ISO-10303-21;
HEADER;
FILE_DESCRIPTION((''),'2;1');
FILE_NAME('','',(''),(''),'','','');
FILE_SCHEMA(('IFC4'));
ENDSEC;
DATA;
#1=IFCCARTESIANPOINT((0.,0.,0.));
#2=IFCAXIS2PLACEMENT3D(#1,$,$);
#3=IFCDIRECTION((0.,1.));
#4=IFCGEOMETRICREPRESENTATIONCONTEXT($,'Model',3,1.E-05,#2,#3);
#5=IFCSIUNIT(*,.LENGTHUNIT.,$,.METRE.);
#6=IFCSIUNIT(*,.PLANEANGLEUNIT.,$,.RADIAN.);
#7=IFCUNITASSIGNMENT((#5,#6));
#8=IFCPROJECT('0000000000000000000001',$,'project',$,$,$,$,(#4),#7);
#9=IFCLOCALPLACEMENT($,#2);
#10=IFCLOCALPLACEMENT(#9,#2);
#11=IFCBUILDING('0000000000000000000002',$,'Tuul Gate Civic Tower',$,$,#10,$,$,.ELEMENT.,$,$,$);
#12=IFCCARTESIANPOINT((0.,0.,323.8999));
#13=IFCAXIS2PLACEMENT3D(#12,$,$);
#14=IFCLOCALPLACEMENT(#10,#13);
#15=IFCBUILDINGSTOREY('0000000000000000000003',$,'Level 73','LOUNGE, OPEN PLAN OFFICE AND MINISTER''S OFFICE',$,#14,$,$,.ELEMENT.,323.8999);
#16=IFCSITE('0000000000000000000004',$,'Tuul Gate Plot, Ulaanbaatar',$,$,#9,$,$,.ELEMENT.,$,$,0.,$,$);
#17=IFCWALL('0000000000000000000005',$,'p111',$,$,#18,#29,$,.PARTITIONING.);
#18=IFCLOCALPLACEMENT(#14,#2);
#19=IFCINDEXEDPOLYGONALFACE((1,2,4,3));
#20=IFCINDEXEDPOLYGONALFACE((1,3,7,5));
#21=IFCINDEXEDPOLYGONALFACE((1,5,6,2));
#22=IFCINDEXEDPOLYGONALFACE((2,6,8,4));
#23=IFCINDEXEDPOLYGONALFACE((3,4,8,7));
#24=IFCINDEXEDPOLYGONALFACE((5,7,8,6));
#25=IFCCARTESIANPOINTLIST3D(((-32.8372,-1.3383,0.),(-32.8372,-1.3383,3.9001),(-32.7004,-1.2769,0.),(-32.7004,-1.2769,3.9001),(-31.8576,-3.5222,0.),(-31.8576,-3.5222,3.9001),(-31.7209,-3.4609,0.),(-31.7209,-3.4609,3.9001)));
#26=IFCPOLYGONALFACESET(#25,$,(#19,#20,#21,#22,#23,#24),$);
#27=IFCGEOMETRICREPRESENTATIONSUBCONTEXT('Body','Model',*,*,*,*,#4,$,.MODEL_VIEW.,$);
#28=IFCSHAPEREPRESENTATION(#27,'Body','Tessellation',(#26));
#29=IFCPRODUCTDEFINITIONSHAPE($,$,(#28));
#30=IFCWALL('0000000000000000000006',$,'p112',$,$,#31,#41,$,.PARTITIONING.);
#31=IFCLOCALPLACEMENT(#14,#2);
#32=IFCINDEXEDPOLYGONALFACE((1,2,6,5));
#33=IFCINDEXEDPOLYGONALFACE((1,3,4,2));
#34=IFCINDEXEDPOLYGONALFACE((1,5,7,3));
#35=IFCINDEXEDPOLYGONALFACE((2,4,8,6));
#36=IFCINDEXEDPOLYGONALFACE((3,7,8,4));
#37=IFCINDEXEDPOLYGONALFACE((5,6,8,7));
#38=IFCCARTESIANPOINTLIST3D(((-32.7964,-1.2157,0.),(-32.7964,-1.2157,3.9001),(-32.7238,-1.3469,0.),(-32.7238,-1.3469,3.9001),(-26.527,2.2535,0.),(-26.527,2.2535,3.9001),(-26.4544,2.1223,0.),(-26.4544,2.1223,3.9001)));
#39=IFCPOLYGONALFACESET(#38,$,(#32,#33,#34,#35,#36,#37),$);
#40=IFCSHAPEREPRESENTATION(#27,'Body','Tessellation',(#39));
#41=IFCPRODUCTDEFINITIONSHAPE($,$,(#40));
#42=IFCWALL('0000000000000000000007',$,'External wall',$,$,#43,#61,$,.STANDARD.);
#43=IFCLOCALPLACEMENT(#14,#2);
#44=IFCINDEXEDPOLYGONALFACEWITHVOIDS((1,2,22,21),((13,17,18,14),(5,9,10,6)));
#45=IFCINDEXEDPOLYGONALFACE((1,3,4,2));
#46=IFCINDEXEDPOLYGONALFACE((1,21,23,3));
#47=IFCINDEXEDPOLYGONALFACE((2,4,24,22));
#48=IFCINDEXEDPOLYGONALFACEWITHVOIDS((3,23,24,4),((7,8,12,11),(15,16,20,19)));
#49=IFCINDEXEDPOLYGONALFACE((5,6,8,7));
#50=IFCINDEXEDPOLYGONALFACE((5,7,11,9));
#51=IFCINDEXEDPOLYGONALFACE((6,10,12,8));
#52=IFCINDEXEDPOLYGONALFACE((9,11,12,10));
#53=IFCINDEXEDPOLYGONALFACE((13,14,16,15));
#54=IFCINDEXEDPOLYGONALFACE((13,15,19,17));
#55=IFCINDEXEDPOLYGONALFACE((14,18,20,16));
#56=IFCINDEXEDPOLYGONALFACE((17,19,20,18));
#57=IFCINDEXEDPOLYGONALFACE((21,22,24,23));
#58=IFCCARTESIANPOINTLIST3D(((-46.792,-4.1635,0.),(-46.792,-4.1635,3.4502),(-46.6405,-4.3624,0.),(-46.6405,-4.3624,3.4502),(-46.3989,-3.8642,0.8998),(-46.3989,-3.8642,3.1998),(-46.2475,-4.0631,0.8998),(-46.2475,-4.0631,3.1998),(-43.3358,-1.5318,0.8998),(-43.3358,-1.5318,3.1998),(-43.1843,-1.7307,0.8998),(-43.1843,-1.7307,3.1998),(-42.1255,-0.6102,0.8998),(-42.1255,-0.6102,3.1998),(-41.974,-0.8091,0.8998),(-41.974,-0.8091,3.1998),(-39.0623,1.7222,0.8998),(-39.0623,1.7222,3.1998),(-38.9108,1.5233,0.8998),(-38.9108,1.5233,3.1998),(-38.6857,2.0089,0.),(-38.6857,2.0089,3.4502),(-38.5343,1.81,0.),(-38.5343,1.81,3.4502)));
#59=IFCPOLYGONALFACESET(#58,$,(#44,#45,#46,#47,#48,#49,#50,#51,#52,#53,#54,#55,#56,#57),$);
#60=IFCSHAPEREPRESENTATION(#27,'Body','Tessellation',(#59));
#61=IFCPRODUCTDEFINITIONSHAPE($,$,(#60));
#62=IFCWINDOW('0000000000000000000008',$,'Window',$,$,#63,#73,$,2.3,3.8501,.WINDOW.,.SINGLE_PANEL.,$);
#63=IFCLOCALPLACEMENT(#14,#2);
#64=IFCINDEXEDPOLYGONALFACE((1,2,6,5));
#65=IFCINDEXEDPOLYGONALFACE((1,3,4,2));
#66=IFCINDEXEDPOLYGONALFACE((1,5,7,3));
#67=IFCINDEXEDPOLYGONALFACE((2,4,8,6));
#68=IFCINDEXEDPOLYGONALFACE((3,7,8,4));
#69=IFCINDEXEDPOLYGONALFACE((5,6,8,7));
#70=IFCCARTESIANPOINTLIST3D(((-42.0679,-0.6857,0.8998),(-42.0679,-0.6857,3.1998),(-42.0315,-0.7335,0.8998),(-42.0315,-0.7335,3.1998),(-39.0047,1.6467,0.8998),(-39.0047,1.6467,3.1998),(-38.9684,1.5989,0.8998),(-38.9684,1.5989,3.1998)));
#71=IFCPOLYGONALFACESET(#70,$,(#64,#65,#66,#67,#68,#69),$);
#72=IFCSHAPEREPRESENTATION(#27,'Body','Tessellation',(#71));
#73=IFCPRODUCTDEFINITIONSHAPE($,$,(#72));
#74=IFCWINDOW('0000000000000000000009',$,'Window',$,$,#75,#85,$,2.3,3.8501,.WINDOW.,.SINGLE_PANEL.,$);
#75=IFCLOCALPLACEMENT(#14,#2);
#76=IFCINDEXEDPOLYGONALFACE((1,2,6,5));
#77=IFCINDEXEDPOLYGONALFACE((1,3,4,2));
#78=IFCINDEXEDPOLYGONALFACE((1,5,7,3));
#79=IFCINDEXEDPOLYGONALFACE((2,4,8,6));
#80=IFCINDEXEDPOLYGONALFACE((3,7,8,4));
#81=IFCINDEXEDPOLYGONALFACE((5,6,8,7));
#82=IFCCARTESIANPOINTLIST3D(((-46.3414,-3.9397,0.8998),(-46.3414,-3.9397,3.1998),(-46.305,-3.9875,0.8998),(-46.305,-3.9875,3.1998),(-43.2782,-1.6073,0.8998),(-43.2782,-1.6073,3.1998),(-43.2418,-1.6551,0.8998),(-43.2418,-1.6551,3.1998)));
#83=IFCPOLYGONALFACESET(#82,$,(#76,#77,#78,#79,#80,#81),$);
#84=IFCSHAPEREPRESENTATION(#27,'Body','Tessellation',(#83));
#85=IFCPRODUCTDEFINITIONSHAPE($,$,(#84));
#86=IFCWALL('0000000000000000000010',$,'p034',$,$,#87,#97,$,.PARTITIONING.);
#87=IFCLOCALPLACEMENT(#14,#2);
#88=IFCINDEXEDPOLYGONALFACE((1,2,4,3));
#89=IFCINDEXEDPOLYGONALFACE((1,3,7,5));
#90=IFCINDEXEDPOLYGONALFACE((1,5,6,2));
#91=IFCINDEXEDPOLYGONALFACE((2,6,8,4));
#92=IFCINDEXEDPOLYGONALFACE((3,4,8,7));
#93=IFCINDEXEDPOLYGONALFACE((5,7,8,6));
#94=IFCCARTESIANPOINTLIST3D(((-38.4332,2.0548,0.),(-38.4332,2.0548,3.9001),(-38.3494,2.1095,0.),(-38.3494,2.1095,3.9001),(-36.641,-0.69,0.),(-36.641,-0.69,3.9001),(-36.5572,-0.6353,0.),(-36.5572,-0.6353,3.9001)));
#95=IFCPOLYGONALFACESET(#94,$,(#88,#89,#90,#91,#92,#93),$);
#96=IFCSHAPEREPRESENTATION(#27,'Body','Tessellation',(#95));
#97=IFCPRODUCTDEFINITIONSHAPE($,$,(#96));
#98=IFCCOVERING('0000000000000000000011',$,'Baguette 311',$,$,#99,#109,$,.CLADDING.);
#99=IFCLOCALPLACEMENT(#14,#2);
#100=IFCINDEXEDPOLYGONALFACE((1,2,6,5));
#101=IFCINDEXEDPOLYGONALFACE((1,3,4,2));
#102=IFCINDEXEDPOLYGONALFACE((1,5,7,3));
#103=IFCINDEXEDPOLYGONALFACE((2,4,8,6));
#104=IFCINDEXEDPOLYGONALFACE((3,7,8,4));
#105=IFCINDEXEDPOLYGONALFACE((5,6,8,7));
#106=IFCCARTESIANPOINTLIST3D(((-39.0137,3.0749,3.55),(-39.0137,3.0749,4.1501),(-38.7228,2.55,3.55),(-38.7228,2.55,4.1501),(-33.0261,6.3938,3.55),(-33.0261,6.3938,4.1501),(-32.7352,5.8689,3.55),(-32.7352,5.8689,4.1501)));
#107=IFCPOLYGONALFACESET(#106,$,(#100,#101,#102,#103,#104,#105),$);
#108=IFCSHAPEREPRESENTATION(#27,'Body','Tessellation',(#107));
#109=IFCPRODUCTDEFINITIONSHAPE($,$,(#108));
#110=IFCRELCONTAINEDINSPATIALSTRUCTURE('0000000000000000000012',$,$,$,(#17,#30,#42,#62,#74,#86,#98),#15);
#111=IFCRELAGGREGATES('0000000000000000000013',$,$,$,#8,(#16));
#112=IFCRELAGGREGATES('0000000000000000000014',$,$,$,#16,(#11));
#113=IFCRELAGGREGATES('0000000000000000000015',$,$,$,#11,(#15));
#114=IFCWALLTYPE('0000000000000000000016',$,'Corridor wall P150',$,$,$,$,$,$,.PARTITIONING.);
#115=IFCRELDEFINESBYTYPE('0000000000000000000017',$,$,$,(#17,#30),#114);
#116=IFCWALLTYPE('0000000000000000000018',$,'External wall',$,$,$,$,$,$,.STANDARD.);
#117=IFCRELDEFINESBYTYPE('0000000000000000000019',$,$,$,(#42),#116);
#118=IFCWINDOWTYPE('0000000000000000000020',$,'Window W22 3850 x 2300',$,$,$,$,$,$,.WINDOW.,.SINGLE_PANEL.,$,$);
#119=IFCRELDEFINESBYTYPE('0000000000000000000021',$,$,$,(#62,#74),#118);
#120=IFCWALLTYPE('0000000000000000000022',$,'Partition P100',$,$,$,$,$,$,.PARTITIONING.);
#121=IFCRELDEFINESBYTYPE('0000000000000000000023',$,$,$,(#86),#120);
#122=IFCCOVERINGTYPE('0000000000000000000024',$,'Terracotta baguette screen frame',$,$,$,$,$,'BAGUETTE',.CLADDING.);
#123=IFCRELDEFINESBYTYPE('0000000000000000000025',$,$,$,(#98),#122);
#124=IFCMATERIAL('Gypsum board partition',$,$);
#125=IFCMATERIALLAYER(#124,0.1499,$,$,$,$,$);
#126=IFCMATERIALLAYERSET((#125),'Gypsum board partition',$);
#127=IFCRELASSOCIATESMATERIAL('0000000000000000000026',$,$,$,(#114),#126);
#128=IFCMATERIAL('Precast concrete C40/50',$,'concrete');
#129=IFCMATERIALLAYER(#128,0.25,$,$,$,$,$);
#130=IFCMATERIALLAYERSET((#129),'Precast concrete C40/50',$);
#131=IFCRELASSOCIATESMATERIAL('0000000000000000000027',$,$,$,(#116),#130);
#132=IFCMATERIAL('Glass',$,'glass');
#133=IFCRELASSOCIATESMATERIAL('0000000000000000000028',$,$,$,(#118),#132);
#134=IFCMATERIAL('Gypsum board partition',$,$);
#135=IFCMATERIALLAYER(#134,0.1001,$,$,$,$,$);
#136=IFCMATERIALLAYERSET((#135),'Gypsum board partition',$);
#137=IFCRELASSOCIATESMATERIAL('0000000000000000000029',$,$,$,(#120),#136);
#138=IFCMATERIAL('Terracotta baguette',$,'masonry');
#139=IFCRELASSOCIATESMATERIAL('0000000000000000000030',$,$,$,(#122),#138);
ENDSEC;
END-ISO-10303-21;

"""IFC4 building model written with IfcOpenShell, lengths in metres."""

from ifc_helpers import new_model, si_unit, direction, frame, frame_2d, origin, origin_2d, place, context, subcontext, project, spatial, rectangle, extrude, material, layer, layer_set, material_profile, profile_set, type_object, element, fill, save


model = new_model("IFC4")

# Units and contexts
model_context = context("Model", 3, precision=1e-05, world=origin(), true_north=direction((0.0, 1.0)))
body_context = subcontext(model_context, "Body", "Model", "MODEL_VIEW")
ifc_project = project(units=[si_unit("LENGTHUNIT", "METRE"), si_unit("PLANEANGLEUNIT", "RADIAN")], contexts=[model_context])

# Site, building, storey
site_placement = place(None, origin())
site = spatial("IfcSite", under=ifc_project, at=site_placement, Name="Tuul Gate Plot, Ulaanbaatar", CompositionType="ELEMENT", RefElevation=0.0)
building_placement = place(site_placement, origin())
building = spatial("IfcBuilding", under=site, at=building_placement, Name="Tuul Gate Civic Tower", CompositionType="ELEMENT")
storey_placement = place(building_placement, frame((0.0, 0.0, 323.8999)))
storey = spatial("IfcBuildingStorey", under=building, at=storey_placement, Name="Level 73", Description="LOUNGE, OPEN PLAN OFFICE AND MINISTER'S OFFICE", CompositionType="ELEMENT", Elevation=323.8999)

# Shared definitions
ifc_material_1 = material(Name="Gypsum board partition")
ifc_layer_1 = layer(ifc_material_1, 0.1499)
ifc_layer_set_1 = layer_set([ifc_layer_1], Name="Gypsum board partition")
wall_type_1 = type_object("IfcWallType", Name="Corridor wall P150", PredefinedType="PARTITIONING", material=ifc_layer_set_1)

# Walls
wall_1_placement = place(storey_placement, frame((-32.7688, -1.3076, 0.0), z_axis=(0.0, 0.0, 1.0), x_axis=(0.40924, -0.912427, 0.0)))
element("IfcWall", 1, at=wall_1_placement, inside=storey, type_object=wall_type_1, Name="p111", PredefinedType="PARTITIONING", context=body_context, shape_type="SweptSolid", body=[
    extrude(rectangle(XDim=2.3936, YDim=0.1499, at=frame_2d((1.1968, 0.0))), origin(), (0.0, 0.0, 1.0), 3.9001),
])
wall_2_placement = place(storey_placement, frame((-32.76, -1.2812, 0.0), z_axis=(0.0, 0.0, 1.0), x_axis=(0.874976, 0.484167, 0.0)))
element("IfcWall", 2, at=wall_2_placement, inside=storey, type_object=wall_type_1, Name="p112", PredefinedType="PARTITIONING", context=body_context, shape_type="SweptSolid", body=[
    extrude(rectangle(XDim=7.1653, YDim=0.1499, at=frame_2d((3.5825, 0.0))), origin(), (0.0, 0.0, 1.0), 3.9001),
])

# Wall, openings, windows
ifc_material_2 = material(Name="Precast concrete C40/50", Category="concrete")
ifc_layer_2 = layer(ifc_material_2, 0.25)
ifc_layer_set_2 = layer_set([ifc_layer_2], Name="Precast concrete C40/50")
wall_type_2 = type_object("IfcWallType", Name="External wall", PredefinedType="STANDARD", material=ifc_layer_set_2)
wall_3_placement = place(storey_placement, frame((-38.6101, 1.9094, 0.0), z_axis=(0.0, 0.0, 1.0), x_axis=(-0.795611, -0.605808, 0.0)))
wall_3 = element("IfcWall", 3, at=wall_3_placement, inside=storey, type_object=wall_type_2, Name="External wall", PredefinedType="STANDARD", context=body_context, shape_type="SweptSolid", body=[
    extrude(rectangle(XDim=10.1887, YDim=0.25, at=frame_2d((5.0942, 0.0))), origin(), (0.0, 0.0, 1.0), 3.4502),
])
opening_1_placement = place(wall_3_placement, frame((0.4731, 0.0, 0.8999)))
opening_1 = element("IfcOpeningElement", 4, at=opening_1_placement, cuts=wall_3, PredefinedType="OPENING", context=body_context, shape_type="SweptSolid", body=[
    extrude(rectangle(XDim=3.8501, YDim=2.3, at=frame_2d((1.925, 1.1499))), frame((0.0, 0.135, 0.0), z_axis=(0.0, -1.0, 0.0), x_axis=(1.0, 0.0, 0.0)), (0.0, 0.0, 1.0), 0.27),
])
opening_2_placement = place(wall_3_placement, frame((5.8445, 0.0, 0.8999)))
opening_2 = element("IfcOpeningElement", 5, at=opening_2_placement, cuts=wall_3, PredefinedType="OPENING", context=body_context, shape_type="SweptSolid", body=[
    extrude(rectangle(XDim=3.8501, YDim=2.3, at=frame_2d((1.925, 1.1499))), frame((0.0, 0.135, 0.0), z_axis=(0.0, -1.0, 0.0), x_axis=(1.0, 0.0, 0.0)), (0.0, 0.0, 1.0), 0.27),
])
ifc_material_3 = material(Name="Glass", Category="glass")
window_type = type_object("IfcWindowType", Name="Window W22 3850 x 2300", PartitioningType="SINGLE_PANEL", PredefinedType="WINDOW", material=ifc_material_3)
window_1_placement = place(opening_1_placement, origin())
window_1 = element("IfcWindow", 6, at=window_1_placement, inside=storey, type_object=window_type, Name="Window", OverallHeight=2.3, OverallWidth=3.8501, PartitioningType="SINGLE_PANEL", PredefinedType="WINDOW", context=body_context, shape_type="SweptSolid", body=[
    extrude(rectangle(XDim=3.8501, YDim=2.3, at=frame_2d((1.925, 1.1499))), frame((0.0, 0.03, 0.0), z_axis=(0.0, -1.0, 0.0), x_axis=(1.0, 0.0, 0.0)), (0.0, 0.0, 1.0), 0.0601),
])
fill(opening_1, window_1)
window_2_placement = place(opening_2_placement, origin())
window_2 = element("IfcWindow", 7, at=window_2_placement, inside=storey, type_object=window_type, Name="Window", OverallHeight=2.3, OverallWidth=3.8501, PartitioningType="SINGLE_PANEL", PredefinedType="WINDOW", context=body_context, shape_type="SweptSolid", body=[
    extrude(rectangle(XDim=3.8501, YDim=2.3, at=frame_2d((1.925, 1.1499))), frame((0.0, 0.03, 0.0), z_axis=(0.0, -1.0, 0.0), x_axis=(1.0, 0.0, 0.0)), (0.0, 0.0, 1.0), 0.0601),
])
fill(opening_2, window_2)

# Wall
ifc_material_4 = material(Name="Gypsum board partition")
ifc_layer_3 = layer(ifc_material_4, 0.1001)
ifc_layer_set_3 = layer_set([ifc_layer_3], Name="Gypsum board partition")
wall_type_3 = type_object("IfcWallType", Name="Partition P100", PredefinedType="PARTITIONING", material=ifc_layer_set_3)
wall_4_placement = place(storey_placement, frame((-38.3914, 2.0823, 0.0), z_axis=(0.0, 0.0, 1.0), x_axis=(0.546718, -0.837317, 0.0)))
element("IfcWall", 8, at=wall_4_placement, inside=storey, type_object=wall_type_3, Name="p034", PredefinedType="PARTITIONING", context=body_context, shape_type="SweptSolid", body=[
    extrude(rectangle(XDim=3.2781, YDim=0.1001, at=frame_2d((1.6392, 0.0))), origin(), (0.0, 0.0, 1.0), 3.9001),
])

# Covering
ifc_material_5 = material(Name="Terracotta baguette", Category="masonry")
ifc_material_profile_1 = material_profile(ifc_material_5, rectangle(XDim=0.6001, YDim=0.6001, at=origin_2d()), Name="Terracotta baguette screen frame")
ifc_profile_set_1 = profile_set([ifc_material_profile_1], Name="Terracotta baguette")
covering_type = type_object("IfcCoveringType", Name="Terracotta baguette screen frame", ElementType="BAGUETTE", PredefinedType="CLADDING", material=ifc_profile_set_1)
covering_placement = place(storey_placement, frame((-32.8806, 6.1313, 3.8501), z_axis=(-0.874626, -0.484798, 0.0), x_axis=(0.484798, -0.874626, 0.0)))
element("IfcCovering", 9, at=covering_placement, inside=storey, type_object=covering_type, Name="Baguette 311", PredefinedType="CLADDING", context=body_context, shape_type="SweptSolid", body=[
    extrude(rectangle(XDim=0.6001, YDim=0.6001, at=origin_2d()), origin(), (0.0, 0.0, 1.0), 6.8459),
])

save(model, "model.ifc")
